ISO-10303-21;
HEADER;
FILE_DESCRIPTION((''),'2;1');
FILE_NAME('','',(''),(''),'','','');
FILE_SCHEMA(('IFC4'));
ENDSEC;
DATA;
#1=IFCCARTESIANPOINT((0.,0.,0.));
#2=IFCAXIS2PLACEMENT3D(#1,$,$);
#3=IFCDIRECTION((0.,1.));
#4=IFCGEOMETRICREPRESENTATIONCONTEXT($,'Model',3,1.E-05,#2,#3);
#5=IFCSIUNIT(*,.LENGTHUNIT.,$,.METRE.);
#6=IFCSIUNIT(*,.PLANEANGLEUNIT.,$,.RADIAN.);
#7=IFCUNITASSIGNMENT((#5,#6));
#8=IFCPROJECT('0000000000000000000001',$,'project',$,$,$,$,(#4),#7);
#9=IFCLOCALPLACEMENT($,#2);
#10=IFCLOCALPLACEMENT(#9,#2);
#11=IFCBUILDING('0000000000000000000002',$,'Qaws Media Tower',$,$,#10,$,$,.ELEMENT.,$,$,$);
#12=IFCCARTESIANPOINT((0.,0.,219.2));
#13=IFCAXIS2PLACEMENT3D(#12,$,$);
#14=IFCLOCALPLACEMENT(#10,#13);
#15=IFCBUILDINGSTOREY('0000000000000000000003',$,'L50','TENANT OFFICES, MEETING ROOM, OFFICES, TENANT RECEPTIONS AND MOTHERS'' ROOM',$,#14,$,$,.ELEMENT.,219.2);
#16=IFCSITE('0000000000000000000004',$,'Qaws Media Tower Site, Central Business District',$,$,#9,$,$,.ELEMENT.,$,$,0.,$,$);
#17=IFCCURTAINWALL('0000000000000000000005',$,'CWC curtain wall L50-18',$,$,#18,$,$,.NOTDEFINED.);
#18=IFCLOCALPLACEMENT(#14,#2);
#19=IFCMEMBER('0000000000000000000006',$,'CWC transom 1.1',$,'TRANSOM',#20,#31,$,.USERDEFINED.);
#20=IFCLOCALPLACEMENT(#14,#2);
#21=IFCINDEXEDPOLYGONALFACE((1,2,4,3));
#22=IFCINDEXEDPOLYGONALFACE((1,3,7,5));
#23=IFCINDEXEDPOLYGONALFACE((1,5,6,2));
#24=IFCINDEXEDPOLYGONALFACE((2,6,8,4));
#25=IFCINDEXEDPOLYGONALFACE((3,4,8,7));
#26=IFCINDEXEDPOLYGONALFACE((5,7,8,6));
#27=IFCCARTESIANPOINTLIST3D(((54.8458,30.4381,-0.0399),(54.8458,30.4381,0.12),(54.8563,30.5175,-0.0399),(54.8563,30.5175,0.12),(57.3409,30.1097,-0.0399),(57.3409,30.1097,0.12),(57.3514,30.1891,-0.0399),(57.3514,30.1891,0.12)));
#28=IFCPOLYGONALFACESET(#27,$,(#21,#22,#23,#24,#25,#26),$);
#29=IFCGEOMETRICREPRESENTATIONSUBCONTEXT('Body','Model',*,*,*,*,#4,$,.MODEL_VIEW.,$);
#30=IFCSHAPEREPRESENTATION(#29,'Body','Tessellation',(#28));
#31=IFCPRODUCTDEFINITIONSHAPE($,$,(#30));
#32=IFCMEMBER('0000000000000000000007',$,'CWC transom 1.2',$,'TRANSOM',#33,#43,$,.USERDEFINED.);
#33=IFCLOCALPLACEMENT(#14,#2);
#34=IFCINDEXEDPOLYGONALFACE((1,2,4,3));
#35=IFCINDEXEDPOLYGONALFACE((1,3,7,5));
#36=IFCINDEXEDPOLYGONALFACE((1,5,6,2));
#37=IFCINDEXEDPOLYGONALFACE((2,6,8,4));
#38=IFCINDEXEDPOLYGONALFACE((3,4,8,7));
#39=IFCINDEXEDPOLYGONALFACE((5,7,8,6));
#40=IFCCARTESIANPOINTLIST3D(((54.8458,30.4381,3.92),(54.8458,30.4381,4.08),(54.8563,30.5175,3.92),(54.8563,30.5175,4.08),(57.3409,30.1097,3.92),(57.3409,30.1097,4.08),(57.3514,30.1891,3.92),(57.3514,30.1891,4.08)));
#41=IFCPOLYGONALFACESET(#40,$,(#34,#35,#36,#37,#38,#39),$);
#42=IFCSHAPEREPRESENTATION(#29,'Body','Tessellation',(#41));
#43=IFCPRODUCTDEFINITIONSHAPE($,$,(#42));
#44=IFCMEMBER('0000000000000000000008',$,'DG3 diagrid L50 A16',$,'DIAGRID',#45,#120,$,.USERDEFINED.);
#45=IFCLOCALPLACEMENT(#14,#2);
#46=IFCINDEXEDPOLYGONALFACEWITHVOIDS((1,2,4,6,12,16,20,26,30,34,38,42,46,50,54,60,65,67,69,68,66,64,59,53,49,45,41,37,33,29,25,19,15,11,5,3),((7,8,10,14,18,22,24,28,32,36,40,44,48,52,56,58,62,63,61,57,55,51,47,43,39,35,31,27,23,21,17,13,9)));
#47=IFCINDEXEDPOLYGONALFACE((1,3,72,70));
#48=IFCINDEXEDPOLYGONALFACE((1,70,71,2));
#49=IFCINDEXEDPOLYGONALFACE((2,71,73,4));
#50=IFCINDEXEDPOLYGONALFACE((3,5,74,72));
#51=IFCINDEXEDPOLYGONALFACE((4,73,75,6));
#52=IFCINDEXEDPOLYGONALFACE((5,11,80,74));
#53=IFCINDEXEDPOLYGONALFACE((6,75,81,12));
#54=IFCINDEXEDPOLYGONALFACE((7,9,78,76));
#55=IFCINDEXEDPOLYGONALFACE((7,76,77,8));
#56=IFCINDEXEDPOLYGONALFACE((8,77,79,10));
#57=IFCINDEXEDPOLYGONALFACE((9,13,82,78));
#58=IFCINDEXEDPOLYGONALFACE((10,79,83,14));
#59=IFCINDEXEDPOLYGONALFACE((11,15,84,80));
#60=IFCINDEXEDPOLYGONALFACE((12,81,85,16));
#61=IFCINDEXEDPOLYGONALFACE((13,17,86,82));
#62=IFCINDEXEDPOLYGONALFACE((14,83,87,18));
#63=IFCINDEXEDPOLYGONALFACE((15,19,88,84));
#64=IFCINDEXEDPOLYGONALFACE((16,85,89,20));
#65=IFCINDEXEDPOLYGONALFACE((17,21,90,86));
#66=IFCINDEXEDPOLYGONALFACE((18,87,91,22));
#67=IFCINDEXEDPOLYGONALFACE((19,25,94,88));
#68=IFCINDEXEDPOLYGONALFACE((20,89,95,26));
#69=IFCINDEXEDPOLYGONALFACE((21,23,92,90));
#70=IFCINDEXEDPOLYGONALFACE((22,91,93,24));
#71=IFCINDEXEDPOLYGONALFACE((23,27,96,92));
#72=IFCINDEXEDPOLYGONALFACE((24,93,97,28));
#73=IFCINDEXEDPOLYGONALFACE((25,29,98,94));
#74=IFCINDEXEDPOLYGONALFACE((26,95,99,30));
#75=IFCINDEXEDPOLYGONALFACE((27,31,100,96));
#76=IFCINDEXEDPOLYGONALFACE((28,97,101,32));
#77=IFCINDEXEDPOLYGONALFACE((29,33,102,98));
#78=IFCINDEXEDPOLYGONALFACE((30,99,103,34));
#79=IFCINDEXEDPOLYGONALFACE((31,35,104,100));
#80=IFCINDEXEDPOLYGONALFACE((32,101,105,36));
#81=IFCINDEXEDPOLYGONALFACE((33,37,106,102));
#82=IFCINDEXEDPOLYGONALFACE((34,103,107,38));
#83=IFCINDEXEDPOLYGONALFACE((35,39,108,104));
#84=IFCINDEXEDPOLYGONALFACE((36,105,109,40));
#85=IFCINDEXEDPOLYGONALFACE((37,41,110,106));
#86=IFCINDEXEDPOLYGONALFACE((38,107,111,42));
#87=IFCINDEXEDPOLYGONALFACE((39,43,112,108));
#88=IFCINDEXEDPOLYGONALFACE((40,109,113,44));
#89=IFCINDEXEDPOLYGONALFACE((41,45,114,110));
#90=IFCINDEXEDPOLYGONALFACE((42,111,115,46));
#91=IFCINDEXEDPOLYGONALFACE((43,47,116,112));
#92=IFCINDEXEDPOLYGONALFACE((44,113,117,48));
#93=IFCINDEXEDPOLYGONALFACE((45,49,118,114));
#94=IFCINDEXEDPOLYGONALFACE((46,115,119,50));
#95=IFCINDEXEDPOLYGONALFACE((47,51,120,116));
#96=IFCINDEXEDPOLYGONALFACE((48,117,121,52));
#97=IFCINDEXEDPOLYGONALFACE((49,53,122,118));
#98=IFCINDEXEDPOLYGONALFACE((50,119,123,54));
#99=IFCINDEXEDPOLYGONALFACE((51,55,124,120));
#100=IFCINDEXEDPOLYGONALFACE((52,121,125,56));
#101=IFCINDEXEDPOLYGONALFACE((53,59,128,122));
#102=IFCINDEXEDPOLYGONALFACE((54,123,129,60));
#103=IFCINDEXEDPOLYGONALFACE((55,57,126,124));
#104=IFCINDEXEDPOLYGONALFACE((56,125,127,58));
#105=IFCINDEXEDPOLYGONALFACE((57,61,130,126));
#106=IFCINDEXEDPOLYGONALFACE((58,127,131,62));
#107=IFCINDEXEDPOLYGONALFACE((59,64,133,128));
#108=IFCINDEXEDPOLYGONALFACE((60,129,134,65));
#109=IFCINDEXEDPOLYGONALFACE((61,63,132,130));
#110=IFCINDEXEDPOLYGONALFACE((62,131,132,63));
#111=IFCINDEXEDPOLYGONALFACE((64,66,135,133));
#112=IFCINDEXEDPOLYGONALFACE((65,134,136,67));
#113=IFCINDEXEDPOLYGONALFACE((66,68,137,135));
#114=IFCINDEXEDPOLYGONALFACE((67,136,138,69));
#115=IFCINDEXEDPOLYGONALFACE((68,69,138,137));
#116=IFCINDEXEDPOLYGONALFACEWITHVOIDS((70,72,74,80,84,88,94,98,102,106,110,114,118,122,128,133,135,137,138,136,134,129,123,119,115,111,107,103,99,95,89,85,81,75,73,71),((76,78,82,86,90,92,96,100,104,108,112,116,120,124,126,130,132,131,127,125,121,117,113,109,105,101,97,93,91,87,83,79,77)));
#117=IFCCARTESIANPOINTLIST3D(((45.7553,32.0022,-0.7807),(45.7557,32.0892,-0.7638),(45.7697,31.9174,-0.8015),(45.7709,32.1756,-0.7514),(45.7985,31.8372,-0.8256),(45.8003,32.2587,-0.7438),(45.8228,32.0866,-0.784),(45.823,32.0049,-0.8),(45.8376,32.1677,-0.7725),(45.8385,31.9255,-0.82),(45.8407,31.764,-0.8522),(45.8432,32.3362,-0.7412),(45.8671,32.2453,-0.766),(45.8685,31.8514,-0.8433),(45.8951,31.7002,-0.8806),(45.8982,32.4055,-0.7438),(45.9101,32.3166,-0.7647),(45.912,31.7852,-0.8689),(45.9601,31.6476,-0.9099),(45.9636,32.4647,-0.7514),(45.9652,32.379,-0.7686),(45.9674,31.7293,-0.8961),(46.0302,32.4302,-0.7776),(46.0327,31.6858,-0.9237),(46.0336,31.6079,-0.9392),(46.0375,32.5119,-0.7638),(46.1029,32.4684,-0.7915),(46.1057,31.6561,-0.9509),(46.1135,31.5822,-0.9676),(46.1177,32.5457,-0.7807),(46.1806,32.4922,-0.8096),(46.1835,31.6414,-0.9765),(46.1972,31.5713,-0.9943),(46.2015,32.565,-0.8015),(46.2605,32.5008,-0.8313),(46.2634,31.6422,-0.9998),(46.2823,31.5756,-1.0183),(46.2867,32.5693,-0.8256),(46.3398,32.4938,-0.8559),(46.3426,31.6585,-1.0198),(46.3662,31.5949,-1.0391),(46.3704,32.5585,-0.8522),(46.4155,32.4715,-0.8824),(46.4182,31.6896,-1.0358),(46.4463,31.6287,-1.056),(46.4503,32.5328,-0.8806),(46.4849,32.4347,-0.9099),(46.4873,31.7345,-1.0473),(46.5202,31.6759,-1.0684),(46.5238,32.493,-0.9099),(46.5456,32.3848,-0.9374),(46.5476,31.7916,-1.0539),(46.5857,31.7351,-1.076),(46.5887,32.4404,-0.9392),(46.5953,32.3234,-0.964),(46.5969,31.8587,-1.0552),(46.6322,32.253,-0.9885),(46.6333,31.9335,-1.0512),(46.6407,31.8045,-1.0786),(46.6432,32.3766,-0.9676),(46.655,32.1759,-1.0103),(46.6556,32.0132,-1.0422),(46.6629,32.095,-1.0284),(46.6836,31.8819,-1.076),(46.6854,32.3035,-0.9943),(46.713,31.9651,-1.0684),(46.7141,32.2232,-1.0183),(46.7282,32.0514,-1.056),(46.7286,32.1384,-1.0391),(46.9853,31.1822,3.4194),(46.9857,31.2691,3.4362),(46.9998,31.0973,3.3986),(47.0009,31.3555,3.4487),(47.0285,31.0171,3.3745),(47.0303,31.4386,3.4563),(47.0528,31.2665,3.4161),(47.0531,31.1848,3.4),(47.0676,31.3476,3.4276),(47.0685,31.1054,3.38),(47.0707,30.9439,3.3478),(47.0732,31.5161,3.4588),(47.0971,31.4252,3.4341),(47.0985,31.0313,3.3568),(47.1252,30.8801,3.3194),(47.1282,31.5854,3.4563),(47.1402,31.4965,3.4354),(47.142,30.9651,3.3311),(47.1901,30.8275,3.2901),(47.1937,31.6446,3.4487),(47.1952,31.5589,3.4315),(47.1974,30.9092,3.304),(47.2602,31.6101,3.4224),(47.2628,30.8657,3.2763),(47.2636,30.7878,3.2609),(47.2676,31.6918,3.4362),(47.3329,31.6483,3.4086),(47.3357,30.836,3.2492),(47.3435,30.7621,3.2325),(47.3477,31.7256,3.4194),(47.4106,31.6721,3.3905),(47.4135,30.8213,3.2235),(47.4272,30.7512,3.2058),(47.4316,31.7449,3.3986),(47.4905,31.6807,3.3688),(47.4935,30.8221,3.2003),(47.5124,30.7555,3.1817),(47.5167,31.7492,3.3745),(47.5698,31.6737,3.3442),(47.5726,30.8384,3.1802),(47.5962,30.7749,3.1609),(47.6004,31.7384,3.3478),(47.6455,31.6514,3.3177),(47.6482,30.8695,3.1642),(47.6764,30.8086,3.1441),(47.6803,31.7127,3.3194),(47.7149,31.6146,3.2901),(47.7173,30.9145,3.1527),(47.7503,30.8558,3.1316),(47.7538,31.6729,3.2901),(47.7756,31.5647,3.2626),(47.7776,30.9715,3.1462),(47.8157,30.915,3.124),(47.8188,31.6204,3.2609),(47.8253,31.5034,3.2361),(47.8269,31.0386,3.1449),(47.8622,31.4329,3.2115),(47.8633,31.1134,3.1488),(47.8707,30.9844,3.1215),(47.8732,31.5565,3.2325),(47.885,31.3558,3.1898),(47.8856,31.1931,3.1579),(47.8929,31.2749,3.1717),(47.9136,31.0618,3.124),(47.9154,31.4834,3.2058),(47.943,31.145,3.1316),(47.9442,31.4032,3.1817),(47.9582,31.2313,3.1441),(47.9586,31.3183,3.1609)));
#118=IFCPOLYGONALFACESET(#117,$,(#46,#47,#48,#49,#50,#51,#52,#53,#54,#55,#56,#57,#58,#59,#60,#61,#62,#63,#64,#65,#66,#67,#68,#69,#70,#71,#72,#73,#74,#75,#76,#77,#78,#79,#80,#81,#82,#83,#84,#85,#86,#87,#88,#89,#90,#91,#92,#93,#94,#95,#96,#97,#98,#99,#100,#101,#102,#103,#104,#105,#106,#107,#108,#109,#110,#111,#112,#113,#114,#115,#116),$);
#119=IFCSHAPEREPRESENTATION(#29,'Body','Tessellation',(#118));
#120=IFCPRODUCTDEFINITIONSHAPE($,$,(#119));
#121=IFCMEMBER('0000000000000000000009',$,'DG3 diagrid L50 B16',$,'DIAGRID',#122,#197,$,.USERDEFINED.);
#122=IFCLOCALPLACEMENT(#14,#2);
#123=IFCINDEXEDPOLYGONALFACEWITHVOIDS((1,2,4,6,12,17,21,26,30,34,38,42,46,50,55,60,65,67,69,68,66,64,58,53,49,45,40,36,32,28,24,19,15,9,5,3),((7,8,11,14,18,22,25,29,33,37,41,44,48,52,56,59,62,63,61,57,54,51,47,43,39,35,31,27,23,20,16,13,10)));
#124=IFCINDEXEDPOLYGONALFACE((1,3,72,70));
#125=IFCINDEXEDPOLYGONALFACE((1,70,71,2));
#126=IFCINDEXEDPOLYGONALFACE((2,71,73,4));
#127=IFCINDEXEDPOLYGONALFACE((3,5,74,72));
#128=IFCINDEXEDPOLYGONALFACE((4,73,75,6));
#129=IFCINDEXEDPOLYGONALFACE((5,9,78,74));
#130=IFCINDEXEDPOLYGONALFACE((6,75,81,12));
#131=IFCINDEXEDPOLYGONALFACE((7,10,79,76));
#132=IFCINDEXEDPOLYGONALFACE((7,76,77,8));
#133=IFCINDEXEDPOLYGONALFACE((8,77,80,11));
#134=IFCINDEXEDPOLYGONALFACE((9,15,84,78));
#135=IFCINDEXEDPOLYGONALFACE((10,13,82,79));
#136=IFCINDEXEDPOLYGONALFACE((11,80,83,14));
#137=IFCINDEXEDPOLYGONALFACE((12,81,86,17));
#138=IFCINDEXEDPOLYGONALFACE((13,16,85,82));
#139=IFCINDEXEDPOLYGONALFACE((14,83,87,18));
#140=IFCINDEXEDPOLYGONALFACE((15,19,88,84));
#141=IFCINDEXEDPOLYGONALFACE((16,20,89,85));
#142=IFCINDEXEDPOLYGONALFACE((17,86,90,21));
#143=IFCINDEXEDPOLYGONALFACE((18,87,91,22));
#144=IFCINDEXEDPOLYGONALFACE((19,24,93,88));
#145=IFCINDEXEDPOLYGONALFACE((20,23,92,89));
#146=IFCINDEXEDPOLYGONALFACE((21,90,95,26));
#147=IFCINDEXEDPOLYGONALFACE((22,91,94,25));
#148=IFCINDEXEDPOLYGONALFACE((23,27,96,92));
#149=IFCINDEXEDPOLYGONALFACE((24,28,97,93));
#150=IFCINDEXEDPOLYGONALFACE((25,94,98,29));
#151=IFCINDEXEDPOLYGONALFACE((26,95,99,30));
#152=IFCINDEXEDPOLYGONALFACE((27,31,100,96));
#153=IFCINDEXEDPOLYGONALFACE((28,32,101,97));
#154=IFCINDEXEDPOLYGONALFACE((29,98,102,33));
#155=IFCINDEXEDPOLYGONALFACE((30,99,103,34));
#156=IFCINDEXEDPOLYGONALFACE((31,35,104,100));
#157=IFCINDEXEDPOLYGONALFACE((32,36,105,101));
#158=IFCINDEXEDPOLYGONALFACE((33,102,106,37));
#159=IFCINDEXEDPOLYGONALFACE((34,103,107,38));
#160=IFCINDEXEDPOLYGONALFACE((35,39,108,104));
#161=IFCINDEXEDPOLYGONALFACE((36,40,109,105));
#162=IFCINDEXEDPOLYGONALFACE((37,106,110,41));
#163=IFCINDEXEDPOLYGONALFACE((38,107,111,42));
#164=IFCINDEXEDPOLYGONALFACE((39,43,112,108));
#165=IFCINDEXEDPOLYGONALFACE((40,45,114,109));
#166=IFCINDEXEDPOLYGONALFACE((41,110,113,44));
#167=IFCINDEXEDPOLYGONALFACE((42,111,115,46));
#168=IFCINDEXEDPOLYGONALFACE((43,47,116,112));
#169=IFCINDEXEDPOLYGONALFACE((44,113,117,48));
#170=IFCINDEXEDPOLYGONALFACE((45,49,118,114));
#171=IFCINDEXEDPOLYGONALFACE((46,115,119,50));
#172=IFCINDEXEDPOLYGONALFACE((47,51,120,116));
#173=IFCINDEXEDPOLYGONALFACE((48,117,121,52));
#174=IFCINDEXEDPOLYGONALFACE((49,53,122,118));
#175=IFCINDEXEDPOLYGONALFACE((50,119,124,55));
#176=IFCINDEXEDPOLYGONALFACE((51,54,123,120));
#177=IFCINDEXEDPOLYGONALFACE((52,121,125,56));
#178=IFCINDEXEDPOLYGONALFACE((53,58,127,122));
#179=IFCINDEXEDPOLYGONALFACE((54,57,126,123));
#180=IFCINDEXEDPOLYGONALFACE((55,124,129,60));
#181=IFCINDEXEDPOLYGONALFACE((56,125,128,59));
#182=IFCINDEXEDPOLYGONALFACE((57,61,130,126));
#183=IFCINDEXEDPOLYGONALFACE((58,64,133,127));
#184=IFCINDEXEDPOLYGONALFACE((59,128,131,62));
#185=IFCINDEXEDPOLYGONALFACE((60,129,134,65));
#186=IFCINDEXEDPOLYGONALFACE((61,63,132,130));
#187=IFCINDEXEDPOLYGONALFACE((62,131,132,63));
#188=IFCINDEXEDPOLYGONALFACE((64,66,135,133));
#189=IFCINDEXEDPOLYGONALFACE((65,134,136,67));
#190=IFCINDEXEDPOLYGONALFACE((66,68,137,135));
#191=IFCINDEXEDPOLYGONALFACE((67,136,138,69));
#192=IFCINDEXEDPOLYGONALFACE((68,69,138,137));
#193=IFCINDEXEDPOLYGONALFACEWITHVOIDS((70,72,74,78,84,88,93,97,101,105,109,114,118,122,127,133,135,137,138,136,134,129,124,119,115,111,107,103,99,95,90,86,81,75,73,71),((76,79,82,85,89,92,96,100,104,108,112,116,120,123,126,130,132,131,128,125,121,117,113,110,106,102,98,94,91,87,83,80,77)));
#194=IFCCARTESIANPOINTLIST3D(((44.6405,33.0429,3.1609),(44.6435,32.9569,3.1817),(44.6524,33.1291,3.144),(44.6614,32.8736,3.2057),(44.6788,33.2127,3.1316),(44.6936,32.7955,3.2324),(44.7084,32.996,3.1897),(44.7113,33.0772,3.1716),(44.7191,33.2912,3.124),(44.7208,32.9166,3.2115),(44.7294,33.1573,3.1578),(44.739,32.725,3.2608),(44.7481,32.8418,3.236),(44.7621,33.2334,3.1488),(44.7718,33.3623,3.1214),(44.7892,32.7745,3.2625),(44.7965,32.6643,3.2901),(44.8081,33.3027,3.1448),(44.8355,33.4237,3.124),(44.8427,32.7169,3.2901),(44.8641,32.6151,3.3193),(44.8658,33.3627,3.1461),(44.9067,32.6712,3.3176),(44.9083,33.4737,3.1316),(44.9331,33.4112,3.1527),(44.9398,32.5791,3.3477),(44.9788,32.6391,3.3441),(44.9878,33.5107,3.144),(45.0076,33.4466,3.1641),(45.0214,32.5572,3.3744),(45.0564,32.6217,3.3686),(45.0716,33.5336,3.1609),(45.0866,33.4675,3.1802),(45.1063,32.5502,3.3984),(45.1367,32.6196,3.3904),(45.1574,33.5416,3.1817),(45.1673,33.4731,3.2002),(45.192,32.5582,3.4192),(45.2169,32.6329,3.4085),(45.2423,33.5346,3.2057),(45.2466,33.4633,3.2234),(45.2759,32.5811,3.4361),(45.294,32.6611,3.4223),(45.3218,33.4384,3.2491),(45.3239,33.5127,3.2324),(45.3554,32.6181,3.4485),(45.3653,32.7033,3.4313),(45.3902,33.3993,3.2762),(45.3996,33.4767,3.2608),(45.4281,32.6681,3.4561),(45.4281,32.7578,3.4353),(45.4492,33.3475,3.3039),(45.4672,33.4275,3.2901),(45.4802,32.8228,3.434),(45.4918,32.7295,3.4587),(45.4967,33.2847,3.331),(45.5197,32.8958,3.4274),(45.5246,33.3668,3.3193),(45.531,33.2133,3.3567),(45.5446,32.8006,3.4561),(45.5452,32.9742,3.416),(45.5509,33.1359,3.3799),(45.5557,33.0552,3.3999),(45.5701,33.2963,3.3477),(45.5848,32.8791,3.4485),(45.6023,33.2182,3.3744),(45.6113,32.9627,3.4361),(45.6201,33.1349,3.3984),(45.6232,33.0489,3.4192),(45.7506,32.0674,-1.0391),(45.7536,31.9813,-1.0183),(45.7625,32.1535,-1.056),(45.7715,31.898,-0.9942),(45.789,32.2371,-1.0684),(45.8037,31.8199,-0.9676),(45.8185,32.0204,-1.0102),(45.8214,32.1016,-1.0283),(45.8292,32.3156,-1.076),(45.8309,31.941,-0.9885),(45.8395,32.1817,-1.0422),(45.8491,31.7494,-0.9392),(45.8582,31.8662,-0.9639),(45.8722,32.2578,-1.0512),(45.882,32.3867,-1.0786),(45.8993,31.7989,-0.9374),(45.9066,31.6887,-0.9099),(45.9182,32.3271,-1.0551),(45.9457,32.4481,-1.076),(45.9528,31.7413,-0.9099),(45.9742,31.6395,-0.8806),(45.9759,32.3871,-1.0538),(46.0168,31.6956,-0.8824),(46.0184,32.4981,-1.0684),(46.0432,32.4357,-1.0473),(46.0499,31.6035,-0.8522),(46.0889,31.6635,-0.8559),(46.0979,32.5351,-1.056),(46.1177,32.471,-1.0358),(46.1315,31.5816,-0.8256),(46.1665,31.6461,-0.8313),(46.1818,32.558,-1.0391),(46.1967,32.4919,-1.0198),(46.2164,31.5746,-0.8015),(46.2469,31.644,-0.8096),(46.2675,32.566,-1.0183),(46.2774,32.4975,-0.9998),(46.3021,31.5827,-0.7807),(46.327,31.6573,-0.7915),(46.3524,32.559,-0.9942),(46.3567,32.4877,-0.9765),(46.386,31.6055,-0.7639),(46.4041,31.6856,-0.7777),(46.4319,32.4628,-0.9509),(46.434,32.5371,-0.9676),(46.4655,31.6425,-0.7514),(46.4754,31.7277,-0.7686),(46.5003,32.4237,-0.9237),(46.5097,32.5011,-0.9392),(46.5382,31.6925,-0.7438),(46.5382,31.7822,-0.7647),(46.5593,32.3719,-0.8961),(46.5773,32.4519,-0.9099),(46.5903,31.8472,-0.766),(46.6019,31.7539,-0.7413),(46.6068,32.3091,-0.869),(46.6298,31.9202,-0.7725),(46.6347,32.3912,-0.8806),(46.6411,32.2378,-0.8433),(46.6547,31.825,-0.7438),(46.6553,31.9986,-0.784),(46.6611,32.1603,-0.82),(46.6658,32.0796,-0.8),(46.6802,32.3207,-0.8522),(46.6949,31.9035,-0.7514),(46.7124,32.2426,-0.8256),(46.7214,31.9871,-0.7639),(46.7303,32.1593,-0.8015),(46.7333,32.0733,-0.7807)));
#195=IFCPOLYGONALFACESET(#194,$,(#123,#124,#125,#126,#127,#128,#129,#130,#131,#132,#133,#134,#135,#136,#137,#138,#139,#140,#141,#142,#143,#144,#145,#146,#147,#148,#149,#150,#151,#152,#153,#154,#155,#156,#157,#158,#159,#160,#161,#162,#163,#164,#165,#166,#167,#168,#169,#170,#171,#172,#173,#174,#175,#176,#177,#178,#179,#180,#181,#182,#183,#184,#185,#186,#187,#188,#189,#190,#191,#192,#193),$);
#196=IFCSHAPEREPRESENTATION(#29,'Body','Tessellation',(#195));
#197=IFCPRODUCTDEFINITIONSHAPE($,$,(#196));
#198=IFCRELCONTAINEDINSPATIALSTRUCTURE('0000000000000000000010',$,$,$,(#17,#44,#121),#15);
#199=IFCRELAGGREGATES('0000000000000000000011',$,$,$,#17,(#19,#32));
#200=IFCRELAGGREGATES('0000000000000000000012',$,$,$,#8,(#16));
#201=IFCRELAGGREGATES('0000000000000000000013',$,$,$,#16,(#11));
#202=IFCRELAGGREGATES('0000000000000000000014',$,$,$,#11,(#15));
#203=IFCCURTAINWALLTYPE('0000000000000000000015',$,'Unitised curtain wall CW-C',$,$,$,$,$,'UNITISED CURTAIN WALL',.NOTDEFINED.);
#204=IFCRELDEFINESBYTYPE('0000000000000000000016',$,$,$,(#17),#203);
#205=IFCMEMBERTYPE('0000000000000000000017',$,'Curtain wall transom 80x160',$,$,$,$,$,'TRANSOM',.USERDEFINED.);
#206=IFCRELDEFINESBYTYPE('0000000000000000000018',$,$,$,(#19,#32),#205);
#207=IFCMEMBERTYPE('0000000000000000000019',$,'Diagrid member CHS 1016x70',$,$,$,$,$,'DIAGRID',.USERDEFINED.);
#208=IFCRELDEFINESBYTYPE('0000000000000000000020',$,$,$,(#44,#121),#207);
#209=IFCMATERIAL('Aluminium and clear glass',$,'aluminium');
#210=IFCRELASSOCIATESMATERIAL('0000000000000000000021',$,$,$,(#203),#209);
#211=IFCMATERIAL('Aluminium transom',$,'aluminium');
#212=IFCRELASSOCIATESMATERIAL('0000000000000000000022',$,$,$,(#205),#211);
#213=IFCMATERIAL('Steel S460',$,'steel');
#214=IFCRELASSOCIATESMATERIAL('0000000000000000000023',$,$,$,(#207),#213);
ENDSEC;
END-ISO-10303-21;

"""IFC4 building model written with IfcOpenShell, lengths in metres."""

from ifc_helpers import new_model, si_unit, direction, frame, origin, origin_2d, place, context, subcontext, project, spatial, rectangle, hollow_circle, extrude, material, material_profile, profile_set, type_object, element, aggregate, save


model = new_model("IFC4")

# Units and contexts
model_context = context("Model", 3, precision=1e-05, world=origin(), true_north=direction((0.0, 1.0)))
body_context = subcontext(model_context, "Body", "Model", "MODEL_VIEW")
ifc_project = project(units=[si_unit("LENGTHUNIT", "METRE"), si_unit("PLANEANGLEUNIT", "RADIAN")], contexts=[model_context])

# Site, building, storey
site_placement = place(None, origin())
site = spatial("IfcSite", under=ifc_project, at=site_placement, Name="Qaws Media Tower Site, Central Business District", CompositionType="ELEMENT", RefElevation=0.0)
building_placement = place(site_placement, origin())
building = spatial("IfcBuilding", under=site, at=building_placement, Name="Qaws Media Tower", CompositionType="ELEMENT")
storey_placement = place(building_placement, frame((0.0, 0.0, 219.2)))
storey = spatial("IfcBuildingStorey", under=building, at=storey_placement, Name="L50", Description="TENANT OFFICES, MEETING ROOM, OFFICES, TENANT RECEPTIONS AND MOTHERS' ROOM", CompositionType="ELEMENT", Elevation=219.2)

# Shared definitions
ifc_material_1 = material(Name="Aluminium and clear glass", Category="aluminium")
curtain_wall_type = type_object("IfcCurtainWallType", Name="Unitised curtain wall CW-C", ElementType="UNITISED CURTAIN WALL", PredefinedType="NOTDEFINED", material=ifc_material_1)

# Curtain wall
curtain_wall_1_placement = place(storey_placement, origin())
curtain_wall_1 = element("IfcCurtainWall", 1, at=curtain_wall_1_placement, inside=storey, type_object=curtain_wall_type, Name="CWC curtain wall L50-18", PredefinedType="NOTDEFINED")

# Members
ifc_material_2 = material(Name="Aluminium transom", Category="aluminium")
ifc_material_profile_1 = material_profile(ifc_material_2, rectangle(XDim=0.0801, YDim=0.1599, at=origin_2d()), Name="80x160")
ifc_profile_set_1 = profile_set([ifc_material_profile_1], Name="Aluminium transom")
member_type_1 = type_object("IfcMemberType", Name="Curtain wall transom 80x160", ElementType="TRANSOM", PredefinedType="USERDEFINED", material=ifc_profile_set_1)
member_1_placement = place(storey_placement, frame((54.8511, 30.4778, 0.04), z_axis=(0.991451, -0.13048, 0.0), x_axis=(0.13048, 0.991451, 0.0)))
member_1 = element("IfcMember", 2, at=member_1_placement, type_object=member_type_1, Name="CWC transom 1.1", ObjectType="TRANSOM", PredefinedType="USERDEFINED", context=body_context, shape_type="SweptSolid", body=[
    extrude(rectangle(XDim=0.0801, YDim=0.1599, at=origin_2d()), origin(), (0.0, 0.0, 1.0), 2.5166),
])
member_2_placement = place(storey_placement, frame((54.8511, 30.4778, 4.0), z_axis=(0.991451, -0.13048, 0.0), x_axis=(0.13048, 0.991451, 0.0)))
member_2 = element("IfcMember", 3, at=member_2_placement, type_object=member_type_1, Name="CWC transom 1.2", ObjectType="TRANSOM", PredefinedType="USERDEFINED", context=body_context, shape_type="SweptSolid", body=[
    extrude(rectangle(XDim=0.0801, YDim=0.1599, at=origin_2d()), origin(), (0.0, 0.0, 1.0), 2.5166),
])
aggregate(curtain_wall_1, [member_1, member_2])

# Members
ifc_material_3 = material(Name="Steel S460", Category="steel")
ifc_material_profile_2 = material_profile(ifc_material_3, hollow_circle(Radius=0.5081, WallThickness=0.0701, at=origin_2d()), Name="CHS 1016x70")
ifc_profile_set_2 = profile_set([ifc_material_profile_2], Name="Steel S460")
member_type_2 = type_object("IfcMemberType", Name="Diagrid member CHS 1016x70", ElementType="DIAGRID", PredefinedType="USERDEFINED", material=ifc_profile_set_2)
member_3_placement = place(storey_placement, frame((46.2419, 32.0703, -0.9099), z_axis=(0.276244, -0.184181, 0.943275), x_axis=(0.554738, 0.832025, 0.0)))
element("IfcMember", 4, at=member_3_placement, inside=storey, type_object=member_type_2, Name="DG3 diagrid L50 A16", ObjectType="DIAGRID", PredefinedType="USERDEFINED", context=body_context, shape_type="SweptSolid", body=[
    extrude(hollow_circle(Radius=0.5081, WallThickness=0.0701, at=origin_2d()), origin(), (0.0, 0.0, 1.0), 4.4526),
])
for number, where, z_axis, x_axis, name in (
    (5, (46.2419, 32.0703, -0.9099), (-0.249329, 0.219116, 0.943305), (-0.660129, -0.751152, 0.0), "DG3 diagrid L50 B16"),
):
    element("IfcMember", number, at=place(storey_placement, frame(where, z_axis=z_axis, x_axis=x_axis)), inside=storey, type_object=member_type_2, Name=name, ObjectType="DIAGRID", PredefinedType="USERDEFINED", context=body_context, shape_type="SweptSolid", body=[
        extrude(hollow_circle(Radius=0.5081, WallThickness=0.0701, at=origin_2d()), origin(), (0.0, 0.0, 1.0), 4.4524),
    ])

save(model, "model.ifc")
